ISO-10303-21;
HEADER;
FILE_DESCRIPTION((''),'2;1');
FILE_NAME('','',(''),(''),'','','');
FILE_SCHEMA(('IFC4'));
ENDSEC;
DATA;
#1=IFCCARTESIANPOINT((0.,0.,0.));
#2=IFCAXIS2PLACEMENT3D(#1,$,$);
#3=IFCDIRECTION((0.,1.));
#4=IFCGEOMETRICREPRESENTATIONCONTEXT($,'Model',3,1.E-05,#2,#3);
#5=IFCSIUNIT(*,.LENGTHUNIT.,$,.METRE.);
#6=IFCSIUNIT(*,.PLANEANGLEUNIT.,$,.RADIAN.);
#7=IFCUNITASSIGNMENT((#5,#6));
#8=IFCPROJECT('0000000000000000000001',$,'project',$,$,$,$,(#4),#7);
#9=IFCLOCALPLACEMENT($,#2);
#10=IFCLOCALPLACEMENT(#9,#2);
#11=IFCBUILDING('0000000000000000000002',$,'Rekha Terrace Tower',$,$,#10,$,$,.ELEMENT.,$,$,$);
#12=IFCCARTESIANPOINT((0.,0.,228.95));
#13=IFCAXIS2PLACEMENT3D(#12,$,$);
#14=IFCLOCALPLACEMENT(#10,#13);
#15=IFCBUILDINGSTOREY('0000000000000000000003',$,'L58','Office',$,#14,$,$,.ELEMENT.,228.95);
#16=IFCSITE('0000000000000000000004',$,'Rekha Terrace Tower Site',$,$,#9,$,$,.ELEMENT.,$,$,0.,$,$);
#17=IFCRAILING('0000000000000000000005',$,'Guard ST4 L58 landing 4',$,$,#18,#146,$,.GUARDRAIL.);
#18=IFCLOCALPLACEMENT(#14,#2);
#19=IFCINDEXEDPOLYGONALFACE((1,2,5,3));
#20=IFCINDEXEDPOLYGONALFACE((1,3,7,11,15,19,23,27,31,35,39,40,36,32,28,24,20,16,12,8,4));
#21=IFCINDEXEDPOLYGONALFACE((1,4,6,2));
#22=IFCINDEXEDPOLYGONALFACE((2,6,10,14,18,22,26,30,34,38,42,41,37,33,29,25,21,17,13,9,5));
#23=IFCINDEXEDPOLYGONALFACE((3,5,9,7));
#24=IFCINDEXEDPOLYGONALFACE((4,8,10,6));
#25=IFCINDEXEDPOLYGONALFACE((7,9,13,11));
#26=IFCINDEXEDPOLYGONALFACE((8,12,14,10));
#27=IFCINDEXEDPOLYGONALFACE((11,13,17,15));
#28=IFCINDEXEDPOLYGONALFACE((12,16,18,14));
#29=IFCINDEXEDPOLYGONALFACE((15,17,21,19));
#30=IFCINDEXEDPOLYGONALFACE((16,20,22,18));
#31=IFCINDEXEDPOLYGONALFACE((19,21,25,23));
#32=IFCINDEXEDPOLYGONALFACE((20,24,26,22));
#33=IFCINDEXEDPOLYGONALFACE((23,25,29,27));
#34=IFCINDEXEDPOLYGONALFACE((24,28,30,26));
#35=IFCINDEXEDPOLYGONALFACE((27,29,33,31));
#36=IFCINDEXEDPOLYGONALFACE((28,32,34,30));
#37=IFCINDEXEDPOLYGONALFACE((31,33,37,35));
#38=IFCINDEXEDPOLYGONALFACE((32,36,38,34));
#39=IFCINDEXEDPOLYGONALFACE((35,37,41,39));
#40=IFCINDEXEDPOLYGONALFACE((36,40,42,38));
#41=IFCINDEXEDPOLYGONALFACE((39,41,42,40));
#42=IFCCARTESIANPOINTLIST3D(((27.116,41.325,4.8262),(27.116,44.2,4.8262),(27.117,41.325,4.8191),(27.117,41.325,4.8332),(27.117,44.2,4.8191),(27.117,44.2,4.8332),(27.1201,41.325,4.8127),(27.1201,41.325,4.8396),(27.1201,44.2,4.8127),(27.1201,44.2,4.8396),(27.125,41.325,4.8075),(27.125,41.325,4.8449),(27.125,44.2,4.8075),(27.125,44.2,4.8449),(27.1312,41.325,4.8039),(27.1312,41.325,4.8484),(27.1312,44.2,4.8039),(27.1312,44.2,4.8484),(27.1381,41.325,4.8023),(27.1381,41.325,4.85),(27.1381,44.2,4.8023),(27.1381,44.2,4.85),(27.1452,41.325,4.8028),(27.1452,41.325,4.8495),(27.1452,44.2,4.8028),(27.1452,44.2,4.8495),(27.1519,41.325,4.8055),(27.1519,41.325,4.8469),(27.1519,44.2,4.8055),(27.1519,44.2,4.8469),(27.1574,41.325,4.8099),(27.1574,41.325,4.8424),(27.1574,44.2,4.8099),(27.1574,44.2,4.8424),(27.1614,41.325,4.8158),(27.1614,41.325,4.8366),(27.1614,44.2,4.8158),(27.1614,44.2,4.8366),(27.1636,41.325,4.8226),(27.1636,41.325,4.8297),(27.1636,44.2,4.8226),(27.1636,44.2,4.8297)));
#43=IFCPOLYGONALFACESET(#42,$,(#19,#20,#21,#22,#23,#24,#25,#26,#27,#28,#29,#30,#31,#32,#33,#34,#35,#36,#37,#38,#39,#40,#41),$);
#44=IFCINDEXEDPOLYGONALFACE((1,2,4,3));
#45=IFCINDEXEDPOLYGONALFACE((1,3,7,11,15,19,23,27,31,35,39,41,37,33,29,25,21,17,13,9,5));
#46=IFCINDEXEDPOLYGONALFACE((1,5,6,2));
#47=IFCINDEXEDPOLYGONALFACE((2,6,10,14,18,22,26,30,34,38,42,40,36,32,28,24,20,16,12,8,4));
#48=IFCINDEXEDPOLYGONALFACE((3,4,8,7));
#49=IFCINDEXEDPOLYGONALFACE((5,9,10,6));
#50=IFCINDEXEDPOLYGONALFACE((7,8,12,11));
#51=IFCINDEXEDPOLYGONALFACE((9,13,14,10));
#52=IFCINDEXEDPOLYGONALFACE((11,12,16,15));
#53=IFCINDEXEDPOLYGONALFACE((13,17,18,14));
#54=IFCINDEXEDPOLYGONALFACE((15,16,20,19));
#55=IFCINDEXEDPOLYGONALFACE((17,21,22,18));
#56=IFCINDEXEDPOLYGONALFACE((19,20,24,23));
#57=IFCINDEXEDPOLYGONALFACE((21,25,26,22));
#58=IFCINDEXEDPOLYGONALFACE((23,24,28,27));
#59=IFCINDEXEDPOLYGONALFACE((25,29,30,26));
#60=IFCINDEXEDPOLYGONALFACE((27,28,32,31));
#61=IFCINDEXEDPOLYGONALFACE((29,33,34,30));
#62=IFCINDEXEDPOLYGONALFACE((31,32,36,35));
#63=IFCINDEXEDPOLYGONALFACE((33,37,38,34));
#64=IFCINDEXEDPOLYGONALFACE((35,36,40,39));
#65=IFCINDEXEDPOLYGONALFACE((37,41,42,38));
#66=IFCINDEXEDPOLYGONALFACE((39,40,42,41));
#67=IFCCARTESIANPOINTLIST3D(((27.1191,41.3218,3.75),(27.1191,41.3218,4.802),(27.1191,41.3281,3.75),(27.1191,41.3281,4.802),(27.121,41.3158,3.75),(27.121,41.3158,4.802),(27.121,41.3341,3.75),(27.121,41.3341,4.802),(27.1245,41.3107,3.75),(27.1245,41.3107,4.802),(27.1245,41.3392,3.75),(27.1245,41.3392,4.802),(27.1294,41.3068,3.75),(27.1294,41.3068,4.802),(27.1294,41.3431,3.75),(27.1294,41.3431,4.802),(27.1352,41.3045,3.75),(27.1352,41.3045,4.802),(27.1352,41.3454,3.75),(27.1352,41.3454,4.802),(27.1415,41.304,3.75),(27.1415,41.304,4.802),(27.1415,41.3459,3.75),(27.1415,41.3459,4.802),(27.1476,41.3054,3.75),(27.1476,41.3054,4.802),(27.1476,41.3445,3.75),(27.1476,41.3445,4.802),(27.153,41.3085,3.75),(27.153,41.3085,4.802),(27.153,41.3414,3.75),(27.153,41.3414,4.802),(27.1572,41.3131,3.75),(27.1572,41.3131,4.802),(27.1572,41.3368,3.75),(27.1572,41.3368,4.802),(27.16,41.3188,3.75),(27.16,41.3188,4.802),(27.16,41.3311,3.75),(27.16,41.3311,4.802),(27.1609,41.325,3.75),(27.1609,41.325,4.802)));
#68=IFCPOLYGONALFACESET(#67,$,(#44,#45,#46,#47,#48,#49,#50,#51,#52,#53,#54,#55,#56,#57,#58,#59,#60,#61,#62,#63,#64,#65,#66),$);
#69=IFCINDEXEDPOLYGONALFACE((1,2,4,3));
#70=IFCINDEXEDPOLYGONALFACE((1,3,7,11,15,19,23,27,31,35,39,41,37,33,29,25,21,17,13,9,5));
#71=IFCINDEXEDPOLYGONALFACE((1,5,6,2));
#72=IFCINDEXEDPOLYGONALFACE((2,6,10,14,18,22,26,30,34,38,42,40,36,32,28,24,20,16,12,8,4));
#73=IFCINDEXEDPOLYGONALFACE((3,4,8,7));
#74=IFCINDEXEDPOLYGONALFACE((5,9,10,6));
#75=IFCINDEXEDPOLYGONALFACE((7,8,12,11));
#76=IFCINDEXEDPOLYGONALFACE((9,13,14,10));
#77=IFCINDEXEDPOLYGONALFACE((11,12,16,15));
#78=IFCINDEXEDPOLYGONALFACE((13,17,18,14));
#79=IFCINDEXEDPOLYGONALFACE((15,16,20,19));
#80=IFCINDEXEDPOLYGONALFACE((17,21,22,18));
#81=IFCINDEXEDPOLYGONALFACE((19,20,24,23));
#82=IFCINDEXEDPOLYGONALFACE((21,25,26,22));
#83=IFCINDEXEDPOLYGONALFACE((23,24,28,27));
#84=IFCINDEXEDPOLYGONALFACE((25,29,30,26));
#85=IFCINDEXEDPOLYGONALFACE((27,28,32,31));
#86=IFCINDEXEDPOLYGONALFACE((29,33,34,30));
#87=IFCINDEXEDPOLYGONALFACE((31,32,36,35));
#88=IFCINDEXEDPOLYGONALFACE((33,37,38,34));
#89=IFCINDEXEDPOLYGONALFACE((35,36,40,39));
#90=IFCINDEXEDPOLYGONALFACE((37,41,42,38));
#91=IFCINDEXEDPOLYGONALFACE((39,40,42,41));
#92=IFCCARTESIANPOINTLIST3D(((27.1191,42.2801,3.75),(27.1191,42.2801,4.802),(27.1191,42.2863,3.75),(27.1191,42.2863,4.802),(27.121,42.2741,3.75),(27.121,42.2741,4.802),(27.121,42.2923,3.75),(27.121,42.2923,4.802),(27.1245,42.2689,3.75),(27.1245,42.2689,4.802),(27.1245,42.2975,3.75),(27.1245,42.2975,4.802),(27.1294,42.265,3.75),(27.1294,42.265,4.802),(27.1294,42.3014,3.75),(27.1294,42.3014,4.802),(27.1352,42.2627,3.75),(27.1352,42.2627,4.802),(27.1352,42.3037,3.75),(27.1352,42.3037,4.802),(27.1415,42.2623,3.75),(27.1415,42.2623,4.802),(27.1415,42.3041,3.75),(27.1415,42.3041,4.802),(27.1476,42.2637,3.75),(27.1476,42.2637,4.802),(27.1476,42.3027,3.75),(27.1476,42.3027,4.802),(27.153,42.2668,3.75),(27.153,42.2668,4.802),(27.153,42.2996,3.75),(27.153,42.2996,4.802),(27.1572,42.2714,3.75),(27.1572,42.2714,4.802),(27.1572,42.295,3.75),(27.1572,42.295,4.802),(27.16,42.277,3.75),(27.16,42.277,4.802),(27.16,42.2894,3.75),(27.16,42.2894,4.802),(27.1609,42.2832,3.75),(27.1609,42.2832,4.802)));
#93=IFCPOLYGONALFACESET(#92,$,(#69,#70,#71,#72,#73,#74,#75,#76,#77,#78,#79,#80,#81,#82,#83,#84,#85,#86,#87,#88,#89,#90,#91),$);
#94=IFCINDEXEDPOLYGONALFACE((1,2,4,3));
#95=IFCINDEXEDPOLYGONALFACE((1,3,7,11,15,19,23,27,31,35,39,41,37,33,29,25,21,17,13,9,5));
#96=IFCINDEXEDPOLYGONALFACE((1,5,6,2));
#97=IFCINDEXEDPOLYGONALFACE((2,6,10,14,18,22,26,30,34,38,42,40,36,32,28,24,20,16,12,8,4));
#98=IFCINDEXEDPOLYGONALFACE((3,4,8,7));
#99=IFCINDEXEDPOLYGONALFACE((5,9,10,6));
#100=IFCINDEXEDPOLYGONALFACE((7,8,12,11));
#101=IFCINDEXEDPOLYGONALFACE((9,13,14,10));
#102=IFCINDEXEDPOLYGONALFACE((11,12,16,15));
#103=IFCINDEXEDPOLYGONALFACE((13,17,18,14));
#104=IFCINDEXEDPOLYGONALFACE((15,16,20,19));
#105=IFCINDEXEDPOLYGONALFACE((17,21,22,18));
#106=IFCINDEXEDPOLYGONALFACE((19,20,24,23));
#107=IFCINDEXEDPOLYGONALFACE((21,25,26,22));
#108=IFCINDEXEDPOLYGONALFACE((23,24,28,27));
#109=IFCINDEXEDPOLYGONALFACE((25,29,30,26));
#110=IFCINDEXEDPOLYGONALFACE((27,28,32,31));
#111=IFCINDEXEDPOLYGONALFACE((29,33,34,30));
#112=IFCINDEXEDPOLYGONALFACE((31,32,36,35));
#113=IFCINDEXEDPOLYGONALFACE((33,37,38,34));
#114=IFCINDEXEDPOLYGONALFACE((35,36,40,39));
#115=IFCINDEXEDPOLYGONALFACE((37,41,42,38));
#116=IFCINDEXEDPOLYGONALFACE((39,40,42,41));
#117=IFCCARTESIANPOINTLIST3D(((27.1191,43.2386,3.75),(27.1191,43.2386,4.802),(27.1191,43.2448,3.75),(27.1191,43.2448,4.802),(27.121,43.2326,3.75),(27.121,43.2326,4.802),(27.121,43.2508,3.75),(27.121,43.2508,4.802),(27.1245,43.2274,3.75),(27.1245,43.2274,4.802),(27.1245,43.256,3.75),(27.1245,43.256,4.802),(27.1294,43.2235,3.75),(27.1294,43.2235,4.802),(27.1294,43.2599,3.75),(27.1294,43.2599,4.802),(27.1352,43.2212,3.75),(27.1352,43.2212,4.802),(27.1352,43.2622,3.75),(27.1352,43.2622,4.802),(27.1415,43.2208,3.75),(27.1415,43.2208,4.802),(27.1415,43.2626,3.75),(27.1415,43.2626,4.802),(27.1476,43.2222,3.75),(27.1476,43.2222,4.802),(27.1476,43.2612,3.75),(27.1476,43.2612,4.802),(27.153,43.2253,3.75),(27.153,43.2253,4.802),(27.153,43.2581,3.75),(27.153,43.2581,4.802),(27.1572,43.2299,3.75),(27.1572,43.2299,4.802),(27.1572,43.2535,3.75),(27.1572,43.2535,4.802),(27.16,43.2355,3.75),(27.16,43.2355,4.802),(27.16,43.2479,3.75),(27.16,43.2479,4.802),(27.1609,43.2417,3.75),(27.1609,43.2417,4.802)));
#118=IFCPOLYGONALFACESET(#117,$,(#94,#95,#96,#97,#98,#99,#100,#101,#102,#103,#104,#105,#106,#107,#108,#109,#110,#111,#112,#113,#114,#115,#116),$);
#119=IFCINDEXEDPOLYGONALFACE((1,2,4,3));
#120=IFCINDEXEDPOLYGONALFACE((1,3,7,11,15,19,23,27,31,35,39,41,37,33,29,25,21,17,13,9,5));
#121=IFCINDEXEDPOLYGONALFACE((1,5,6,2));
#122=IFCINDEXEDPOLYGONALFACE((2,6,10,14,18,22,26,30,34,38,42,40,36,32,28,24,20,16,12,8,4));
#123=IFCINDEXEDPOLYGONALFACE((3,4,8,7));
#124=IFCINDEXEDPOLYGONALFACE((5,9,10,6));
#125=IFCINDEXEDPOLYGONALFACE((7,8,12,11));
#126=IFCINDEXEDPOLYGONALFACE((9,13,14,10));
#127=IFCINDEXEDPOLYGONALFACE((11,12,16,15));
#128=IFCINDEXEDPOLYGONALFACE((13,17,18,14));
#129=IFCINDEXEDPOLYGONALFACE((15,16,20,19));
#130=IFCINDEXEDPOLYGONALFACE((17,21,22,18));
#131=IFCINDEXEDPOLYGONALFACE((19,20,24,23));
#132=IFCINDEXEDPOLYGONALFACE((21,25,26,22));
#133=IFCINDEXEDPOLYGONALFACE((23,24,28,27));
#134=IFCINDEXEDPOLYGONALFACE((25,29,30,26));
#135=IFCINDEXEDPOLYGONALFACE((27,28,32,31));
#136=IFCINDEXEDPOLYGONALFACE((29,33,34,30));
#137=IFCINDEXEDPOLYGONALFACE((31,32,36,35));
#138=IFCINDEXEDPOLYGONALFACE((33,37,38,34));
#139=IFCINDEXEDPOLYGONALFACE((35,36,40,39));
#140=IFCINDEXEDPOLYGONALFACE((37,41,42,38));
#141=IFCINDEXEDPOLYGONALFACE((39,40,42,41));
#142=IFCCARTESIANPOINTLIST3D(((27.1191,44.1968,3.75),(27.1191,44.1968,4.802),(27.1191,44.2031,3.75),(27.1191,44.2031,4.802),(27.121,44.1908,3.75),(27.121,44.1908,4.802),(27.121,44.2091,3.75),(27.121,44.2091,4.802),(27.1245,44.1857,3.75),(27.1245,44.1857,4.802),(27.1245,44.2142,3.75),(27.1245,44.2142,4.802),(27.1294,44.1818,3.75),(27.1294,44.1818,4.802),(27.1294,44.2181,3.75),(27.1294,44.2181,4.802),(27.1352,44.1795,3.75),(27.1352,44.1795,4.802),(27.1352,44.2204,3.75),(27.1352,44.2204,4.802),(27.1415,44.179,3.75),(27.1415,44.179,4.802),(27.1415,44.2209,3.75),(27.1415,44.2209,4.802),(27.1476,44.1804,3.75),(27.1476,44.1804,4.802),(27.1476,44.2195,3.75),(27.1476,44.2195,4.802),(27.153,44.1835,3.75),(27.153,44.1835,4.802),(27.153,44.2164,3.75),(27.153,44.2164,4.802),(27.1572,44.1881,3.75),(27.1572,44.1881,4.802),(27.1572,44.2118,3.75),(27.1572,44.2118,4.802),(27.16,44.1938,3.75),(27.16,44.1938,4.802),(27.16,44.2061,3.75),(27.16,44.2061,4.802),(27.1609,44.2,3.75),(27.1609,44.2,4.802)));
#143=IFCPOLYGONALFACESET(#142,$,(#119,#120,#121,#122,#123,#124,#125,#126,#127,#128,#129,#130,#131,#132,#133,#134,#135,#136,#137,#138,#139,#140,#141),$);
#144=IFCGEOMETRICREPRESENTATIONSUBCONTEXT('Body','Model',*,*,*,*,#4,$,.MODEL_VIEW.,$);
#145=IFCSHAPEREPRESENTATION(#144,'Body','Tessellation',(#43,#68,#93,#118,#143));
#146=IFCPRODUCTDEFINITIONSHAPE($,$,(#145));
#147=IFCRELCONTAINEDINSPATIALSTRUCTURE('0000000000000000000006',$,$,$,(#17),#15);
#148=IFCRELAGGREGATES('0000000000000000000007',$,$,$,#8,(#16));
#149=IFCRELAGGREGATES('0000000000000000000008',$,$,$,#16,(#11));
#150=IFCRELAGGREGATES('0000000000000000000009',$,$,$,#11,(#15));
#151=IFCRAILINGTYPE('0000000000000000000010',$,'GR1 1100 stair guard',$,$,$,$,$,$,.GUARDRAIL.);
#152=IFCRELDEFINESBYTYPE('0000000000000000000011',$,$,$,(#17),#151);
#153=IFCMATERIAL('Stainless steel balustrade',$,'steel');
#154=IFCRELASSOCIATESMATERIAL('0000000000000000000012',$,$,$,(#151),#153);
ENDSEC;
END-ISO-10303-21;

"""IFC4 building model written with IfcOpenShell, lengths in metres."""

from ifc_helpers import new_model, si_unit, direction, frame, origin, origin_2d, place, context, subcontext, project, spatial, circle, extrude, material, type_object, element, save


model = new_model("IFC4")

# Units and contexts
model_context = context("Model", 3, precision=1e-05, world=origin(), true_north=direction((0.0, 1.0)))
body_context = subcontext(model_context, "Body", "Model", "MODEL_VIEW")
ifc_project = project(units=[si_unit("LENGTHUNIT", "METRE"), si_unit("PLANEANGLEUNIT", "RADIAN")], contexts=[model_context])

# Site, building, storey
site_placement = place(None, origin())
site = spatial("IfcSite", under=ifc_project, at=site_placement, Name="Rekha Terrace Tower Site", CompositionType="ELEMENT", RefElevation=0.0)
building_placement = place(site_placement, origin())
building = spatial("IfcBuilding", under=site, at=building_placement, Name="Rekha Terrace Tower", CompositionType="ELEMENT")
storey_placement = place(building_placement, frame((0.0, 0.0, 228.95)))
storey = spatial("IfcBuildingStorey", under=building, at=storey_placement, Name="L58", Description="Office", CompositionType="ELEMENT", Elevation=228.95)

# Railing
ifc_material_1 = material(Name="Stainless steel balustrade", Category="steel")
railing_type_1 = type_object("IfcRailingType", Name="GR1 1100 stair guard", PredefinedType="GUARDRAIL", material=ifc_material_1)
railing_1_placement = place(storey_placement, frame((27.1399, 41.325, 3.75)))
element("IfcRailing", 1, at=railing_1_placement, inside=storey, type_object=railing_type_1, Name="Guard ST4 L58 landing 4", PredefinedType="GUARDRAIL", context=body_context, shape_type="SweptSolid", body=[
    extrude(circle(Radius=0.0239, at=origin_2d()), frame((0.0, 0.0, 1.0762), z_axis=(0.0, 1.0, 0.0), x_axis=(-1.0, 0.0, 0.0)), (0.0, 0.0, 1.0), 2.875),
    extrude(circle(Radius=0.021, at=origin_2d()), origin(), (0.0, 0.0, 1.0), 1.052),
    extrude(circle(Radius=0.021, at=origin_2d()), frame((0.0, 0.9583, 0.0)), (0.0, 0.0, 1.0), 1.052),
    extrude(circle(Radius=0.021, at=origin_2d()), frame((0.0, 1.9167, 0.0)), (0.0, 0.0, 1.0), 1.052),
    extrude(circle(Radius=0.021, at=origin_2d()), frame((0.0, 2.875, 0.0)), (0.0, 0.0, 1.0), 1.052),
])

save(model, "model.ifc")
